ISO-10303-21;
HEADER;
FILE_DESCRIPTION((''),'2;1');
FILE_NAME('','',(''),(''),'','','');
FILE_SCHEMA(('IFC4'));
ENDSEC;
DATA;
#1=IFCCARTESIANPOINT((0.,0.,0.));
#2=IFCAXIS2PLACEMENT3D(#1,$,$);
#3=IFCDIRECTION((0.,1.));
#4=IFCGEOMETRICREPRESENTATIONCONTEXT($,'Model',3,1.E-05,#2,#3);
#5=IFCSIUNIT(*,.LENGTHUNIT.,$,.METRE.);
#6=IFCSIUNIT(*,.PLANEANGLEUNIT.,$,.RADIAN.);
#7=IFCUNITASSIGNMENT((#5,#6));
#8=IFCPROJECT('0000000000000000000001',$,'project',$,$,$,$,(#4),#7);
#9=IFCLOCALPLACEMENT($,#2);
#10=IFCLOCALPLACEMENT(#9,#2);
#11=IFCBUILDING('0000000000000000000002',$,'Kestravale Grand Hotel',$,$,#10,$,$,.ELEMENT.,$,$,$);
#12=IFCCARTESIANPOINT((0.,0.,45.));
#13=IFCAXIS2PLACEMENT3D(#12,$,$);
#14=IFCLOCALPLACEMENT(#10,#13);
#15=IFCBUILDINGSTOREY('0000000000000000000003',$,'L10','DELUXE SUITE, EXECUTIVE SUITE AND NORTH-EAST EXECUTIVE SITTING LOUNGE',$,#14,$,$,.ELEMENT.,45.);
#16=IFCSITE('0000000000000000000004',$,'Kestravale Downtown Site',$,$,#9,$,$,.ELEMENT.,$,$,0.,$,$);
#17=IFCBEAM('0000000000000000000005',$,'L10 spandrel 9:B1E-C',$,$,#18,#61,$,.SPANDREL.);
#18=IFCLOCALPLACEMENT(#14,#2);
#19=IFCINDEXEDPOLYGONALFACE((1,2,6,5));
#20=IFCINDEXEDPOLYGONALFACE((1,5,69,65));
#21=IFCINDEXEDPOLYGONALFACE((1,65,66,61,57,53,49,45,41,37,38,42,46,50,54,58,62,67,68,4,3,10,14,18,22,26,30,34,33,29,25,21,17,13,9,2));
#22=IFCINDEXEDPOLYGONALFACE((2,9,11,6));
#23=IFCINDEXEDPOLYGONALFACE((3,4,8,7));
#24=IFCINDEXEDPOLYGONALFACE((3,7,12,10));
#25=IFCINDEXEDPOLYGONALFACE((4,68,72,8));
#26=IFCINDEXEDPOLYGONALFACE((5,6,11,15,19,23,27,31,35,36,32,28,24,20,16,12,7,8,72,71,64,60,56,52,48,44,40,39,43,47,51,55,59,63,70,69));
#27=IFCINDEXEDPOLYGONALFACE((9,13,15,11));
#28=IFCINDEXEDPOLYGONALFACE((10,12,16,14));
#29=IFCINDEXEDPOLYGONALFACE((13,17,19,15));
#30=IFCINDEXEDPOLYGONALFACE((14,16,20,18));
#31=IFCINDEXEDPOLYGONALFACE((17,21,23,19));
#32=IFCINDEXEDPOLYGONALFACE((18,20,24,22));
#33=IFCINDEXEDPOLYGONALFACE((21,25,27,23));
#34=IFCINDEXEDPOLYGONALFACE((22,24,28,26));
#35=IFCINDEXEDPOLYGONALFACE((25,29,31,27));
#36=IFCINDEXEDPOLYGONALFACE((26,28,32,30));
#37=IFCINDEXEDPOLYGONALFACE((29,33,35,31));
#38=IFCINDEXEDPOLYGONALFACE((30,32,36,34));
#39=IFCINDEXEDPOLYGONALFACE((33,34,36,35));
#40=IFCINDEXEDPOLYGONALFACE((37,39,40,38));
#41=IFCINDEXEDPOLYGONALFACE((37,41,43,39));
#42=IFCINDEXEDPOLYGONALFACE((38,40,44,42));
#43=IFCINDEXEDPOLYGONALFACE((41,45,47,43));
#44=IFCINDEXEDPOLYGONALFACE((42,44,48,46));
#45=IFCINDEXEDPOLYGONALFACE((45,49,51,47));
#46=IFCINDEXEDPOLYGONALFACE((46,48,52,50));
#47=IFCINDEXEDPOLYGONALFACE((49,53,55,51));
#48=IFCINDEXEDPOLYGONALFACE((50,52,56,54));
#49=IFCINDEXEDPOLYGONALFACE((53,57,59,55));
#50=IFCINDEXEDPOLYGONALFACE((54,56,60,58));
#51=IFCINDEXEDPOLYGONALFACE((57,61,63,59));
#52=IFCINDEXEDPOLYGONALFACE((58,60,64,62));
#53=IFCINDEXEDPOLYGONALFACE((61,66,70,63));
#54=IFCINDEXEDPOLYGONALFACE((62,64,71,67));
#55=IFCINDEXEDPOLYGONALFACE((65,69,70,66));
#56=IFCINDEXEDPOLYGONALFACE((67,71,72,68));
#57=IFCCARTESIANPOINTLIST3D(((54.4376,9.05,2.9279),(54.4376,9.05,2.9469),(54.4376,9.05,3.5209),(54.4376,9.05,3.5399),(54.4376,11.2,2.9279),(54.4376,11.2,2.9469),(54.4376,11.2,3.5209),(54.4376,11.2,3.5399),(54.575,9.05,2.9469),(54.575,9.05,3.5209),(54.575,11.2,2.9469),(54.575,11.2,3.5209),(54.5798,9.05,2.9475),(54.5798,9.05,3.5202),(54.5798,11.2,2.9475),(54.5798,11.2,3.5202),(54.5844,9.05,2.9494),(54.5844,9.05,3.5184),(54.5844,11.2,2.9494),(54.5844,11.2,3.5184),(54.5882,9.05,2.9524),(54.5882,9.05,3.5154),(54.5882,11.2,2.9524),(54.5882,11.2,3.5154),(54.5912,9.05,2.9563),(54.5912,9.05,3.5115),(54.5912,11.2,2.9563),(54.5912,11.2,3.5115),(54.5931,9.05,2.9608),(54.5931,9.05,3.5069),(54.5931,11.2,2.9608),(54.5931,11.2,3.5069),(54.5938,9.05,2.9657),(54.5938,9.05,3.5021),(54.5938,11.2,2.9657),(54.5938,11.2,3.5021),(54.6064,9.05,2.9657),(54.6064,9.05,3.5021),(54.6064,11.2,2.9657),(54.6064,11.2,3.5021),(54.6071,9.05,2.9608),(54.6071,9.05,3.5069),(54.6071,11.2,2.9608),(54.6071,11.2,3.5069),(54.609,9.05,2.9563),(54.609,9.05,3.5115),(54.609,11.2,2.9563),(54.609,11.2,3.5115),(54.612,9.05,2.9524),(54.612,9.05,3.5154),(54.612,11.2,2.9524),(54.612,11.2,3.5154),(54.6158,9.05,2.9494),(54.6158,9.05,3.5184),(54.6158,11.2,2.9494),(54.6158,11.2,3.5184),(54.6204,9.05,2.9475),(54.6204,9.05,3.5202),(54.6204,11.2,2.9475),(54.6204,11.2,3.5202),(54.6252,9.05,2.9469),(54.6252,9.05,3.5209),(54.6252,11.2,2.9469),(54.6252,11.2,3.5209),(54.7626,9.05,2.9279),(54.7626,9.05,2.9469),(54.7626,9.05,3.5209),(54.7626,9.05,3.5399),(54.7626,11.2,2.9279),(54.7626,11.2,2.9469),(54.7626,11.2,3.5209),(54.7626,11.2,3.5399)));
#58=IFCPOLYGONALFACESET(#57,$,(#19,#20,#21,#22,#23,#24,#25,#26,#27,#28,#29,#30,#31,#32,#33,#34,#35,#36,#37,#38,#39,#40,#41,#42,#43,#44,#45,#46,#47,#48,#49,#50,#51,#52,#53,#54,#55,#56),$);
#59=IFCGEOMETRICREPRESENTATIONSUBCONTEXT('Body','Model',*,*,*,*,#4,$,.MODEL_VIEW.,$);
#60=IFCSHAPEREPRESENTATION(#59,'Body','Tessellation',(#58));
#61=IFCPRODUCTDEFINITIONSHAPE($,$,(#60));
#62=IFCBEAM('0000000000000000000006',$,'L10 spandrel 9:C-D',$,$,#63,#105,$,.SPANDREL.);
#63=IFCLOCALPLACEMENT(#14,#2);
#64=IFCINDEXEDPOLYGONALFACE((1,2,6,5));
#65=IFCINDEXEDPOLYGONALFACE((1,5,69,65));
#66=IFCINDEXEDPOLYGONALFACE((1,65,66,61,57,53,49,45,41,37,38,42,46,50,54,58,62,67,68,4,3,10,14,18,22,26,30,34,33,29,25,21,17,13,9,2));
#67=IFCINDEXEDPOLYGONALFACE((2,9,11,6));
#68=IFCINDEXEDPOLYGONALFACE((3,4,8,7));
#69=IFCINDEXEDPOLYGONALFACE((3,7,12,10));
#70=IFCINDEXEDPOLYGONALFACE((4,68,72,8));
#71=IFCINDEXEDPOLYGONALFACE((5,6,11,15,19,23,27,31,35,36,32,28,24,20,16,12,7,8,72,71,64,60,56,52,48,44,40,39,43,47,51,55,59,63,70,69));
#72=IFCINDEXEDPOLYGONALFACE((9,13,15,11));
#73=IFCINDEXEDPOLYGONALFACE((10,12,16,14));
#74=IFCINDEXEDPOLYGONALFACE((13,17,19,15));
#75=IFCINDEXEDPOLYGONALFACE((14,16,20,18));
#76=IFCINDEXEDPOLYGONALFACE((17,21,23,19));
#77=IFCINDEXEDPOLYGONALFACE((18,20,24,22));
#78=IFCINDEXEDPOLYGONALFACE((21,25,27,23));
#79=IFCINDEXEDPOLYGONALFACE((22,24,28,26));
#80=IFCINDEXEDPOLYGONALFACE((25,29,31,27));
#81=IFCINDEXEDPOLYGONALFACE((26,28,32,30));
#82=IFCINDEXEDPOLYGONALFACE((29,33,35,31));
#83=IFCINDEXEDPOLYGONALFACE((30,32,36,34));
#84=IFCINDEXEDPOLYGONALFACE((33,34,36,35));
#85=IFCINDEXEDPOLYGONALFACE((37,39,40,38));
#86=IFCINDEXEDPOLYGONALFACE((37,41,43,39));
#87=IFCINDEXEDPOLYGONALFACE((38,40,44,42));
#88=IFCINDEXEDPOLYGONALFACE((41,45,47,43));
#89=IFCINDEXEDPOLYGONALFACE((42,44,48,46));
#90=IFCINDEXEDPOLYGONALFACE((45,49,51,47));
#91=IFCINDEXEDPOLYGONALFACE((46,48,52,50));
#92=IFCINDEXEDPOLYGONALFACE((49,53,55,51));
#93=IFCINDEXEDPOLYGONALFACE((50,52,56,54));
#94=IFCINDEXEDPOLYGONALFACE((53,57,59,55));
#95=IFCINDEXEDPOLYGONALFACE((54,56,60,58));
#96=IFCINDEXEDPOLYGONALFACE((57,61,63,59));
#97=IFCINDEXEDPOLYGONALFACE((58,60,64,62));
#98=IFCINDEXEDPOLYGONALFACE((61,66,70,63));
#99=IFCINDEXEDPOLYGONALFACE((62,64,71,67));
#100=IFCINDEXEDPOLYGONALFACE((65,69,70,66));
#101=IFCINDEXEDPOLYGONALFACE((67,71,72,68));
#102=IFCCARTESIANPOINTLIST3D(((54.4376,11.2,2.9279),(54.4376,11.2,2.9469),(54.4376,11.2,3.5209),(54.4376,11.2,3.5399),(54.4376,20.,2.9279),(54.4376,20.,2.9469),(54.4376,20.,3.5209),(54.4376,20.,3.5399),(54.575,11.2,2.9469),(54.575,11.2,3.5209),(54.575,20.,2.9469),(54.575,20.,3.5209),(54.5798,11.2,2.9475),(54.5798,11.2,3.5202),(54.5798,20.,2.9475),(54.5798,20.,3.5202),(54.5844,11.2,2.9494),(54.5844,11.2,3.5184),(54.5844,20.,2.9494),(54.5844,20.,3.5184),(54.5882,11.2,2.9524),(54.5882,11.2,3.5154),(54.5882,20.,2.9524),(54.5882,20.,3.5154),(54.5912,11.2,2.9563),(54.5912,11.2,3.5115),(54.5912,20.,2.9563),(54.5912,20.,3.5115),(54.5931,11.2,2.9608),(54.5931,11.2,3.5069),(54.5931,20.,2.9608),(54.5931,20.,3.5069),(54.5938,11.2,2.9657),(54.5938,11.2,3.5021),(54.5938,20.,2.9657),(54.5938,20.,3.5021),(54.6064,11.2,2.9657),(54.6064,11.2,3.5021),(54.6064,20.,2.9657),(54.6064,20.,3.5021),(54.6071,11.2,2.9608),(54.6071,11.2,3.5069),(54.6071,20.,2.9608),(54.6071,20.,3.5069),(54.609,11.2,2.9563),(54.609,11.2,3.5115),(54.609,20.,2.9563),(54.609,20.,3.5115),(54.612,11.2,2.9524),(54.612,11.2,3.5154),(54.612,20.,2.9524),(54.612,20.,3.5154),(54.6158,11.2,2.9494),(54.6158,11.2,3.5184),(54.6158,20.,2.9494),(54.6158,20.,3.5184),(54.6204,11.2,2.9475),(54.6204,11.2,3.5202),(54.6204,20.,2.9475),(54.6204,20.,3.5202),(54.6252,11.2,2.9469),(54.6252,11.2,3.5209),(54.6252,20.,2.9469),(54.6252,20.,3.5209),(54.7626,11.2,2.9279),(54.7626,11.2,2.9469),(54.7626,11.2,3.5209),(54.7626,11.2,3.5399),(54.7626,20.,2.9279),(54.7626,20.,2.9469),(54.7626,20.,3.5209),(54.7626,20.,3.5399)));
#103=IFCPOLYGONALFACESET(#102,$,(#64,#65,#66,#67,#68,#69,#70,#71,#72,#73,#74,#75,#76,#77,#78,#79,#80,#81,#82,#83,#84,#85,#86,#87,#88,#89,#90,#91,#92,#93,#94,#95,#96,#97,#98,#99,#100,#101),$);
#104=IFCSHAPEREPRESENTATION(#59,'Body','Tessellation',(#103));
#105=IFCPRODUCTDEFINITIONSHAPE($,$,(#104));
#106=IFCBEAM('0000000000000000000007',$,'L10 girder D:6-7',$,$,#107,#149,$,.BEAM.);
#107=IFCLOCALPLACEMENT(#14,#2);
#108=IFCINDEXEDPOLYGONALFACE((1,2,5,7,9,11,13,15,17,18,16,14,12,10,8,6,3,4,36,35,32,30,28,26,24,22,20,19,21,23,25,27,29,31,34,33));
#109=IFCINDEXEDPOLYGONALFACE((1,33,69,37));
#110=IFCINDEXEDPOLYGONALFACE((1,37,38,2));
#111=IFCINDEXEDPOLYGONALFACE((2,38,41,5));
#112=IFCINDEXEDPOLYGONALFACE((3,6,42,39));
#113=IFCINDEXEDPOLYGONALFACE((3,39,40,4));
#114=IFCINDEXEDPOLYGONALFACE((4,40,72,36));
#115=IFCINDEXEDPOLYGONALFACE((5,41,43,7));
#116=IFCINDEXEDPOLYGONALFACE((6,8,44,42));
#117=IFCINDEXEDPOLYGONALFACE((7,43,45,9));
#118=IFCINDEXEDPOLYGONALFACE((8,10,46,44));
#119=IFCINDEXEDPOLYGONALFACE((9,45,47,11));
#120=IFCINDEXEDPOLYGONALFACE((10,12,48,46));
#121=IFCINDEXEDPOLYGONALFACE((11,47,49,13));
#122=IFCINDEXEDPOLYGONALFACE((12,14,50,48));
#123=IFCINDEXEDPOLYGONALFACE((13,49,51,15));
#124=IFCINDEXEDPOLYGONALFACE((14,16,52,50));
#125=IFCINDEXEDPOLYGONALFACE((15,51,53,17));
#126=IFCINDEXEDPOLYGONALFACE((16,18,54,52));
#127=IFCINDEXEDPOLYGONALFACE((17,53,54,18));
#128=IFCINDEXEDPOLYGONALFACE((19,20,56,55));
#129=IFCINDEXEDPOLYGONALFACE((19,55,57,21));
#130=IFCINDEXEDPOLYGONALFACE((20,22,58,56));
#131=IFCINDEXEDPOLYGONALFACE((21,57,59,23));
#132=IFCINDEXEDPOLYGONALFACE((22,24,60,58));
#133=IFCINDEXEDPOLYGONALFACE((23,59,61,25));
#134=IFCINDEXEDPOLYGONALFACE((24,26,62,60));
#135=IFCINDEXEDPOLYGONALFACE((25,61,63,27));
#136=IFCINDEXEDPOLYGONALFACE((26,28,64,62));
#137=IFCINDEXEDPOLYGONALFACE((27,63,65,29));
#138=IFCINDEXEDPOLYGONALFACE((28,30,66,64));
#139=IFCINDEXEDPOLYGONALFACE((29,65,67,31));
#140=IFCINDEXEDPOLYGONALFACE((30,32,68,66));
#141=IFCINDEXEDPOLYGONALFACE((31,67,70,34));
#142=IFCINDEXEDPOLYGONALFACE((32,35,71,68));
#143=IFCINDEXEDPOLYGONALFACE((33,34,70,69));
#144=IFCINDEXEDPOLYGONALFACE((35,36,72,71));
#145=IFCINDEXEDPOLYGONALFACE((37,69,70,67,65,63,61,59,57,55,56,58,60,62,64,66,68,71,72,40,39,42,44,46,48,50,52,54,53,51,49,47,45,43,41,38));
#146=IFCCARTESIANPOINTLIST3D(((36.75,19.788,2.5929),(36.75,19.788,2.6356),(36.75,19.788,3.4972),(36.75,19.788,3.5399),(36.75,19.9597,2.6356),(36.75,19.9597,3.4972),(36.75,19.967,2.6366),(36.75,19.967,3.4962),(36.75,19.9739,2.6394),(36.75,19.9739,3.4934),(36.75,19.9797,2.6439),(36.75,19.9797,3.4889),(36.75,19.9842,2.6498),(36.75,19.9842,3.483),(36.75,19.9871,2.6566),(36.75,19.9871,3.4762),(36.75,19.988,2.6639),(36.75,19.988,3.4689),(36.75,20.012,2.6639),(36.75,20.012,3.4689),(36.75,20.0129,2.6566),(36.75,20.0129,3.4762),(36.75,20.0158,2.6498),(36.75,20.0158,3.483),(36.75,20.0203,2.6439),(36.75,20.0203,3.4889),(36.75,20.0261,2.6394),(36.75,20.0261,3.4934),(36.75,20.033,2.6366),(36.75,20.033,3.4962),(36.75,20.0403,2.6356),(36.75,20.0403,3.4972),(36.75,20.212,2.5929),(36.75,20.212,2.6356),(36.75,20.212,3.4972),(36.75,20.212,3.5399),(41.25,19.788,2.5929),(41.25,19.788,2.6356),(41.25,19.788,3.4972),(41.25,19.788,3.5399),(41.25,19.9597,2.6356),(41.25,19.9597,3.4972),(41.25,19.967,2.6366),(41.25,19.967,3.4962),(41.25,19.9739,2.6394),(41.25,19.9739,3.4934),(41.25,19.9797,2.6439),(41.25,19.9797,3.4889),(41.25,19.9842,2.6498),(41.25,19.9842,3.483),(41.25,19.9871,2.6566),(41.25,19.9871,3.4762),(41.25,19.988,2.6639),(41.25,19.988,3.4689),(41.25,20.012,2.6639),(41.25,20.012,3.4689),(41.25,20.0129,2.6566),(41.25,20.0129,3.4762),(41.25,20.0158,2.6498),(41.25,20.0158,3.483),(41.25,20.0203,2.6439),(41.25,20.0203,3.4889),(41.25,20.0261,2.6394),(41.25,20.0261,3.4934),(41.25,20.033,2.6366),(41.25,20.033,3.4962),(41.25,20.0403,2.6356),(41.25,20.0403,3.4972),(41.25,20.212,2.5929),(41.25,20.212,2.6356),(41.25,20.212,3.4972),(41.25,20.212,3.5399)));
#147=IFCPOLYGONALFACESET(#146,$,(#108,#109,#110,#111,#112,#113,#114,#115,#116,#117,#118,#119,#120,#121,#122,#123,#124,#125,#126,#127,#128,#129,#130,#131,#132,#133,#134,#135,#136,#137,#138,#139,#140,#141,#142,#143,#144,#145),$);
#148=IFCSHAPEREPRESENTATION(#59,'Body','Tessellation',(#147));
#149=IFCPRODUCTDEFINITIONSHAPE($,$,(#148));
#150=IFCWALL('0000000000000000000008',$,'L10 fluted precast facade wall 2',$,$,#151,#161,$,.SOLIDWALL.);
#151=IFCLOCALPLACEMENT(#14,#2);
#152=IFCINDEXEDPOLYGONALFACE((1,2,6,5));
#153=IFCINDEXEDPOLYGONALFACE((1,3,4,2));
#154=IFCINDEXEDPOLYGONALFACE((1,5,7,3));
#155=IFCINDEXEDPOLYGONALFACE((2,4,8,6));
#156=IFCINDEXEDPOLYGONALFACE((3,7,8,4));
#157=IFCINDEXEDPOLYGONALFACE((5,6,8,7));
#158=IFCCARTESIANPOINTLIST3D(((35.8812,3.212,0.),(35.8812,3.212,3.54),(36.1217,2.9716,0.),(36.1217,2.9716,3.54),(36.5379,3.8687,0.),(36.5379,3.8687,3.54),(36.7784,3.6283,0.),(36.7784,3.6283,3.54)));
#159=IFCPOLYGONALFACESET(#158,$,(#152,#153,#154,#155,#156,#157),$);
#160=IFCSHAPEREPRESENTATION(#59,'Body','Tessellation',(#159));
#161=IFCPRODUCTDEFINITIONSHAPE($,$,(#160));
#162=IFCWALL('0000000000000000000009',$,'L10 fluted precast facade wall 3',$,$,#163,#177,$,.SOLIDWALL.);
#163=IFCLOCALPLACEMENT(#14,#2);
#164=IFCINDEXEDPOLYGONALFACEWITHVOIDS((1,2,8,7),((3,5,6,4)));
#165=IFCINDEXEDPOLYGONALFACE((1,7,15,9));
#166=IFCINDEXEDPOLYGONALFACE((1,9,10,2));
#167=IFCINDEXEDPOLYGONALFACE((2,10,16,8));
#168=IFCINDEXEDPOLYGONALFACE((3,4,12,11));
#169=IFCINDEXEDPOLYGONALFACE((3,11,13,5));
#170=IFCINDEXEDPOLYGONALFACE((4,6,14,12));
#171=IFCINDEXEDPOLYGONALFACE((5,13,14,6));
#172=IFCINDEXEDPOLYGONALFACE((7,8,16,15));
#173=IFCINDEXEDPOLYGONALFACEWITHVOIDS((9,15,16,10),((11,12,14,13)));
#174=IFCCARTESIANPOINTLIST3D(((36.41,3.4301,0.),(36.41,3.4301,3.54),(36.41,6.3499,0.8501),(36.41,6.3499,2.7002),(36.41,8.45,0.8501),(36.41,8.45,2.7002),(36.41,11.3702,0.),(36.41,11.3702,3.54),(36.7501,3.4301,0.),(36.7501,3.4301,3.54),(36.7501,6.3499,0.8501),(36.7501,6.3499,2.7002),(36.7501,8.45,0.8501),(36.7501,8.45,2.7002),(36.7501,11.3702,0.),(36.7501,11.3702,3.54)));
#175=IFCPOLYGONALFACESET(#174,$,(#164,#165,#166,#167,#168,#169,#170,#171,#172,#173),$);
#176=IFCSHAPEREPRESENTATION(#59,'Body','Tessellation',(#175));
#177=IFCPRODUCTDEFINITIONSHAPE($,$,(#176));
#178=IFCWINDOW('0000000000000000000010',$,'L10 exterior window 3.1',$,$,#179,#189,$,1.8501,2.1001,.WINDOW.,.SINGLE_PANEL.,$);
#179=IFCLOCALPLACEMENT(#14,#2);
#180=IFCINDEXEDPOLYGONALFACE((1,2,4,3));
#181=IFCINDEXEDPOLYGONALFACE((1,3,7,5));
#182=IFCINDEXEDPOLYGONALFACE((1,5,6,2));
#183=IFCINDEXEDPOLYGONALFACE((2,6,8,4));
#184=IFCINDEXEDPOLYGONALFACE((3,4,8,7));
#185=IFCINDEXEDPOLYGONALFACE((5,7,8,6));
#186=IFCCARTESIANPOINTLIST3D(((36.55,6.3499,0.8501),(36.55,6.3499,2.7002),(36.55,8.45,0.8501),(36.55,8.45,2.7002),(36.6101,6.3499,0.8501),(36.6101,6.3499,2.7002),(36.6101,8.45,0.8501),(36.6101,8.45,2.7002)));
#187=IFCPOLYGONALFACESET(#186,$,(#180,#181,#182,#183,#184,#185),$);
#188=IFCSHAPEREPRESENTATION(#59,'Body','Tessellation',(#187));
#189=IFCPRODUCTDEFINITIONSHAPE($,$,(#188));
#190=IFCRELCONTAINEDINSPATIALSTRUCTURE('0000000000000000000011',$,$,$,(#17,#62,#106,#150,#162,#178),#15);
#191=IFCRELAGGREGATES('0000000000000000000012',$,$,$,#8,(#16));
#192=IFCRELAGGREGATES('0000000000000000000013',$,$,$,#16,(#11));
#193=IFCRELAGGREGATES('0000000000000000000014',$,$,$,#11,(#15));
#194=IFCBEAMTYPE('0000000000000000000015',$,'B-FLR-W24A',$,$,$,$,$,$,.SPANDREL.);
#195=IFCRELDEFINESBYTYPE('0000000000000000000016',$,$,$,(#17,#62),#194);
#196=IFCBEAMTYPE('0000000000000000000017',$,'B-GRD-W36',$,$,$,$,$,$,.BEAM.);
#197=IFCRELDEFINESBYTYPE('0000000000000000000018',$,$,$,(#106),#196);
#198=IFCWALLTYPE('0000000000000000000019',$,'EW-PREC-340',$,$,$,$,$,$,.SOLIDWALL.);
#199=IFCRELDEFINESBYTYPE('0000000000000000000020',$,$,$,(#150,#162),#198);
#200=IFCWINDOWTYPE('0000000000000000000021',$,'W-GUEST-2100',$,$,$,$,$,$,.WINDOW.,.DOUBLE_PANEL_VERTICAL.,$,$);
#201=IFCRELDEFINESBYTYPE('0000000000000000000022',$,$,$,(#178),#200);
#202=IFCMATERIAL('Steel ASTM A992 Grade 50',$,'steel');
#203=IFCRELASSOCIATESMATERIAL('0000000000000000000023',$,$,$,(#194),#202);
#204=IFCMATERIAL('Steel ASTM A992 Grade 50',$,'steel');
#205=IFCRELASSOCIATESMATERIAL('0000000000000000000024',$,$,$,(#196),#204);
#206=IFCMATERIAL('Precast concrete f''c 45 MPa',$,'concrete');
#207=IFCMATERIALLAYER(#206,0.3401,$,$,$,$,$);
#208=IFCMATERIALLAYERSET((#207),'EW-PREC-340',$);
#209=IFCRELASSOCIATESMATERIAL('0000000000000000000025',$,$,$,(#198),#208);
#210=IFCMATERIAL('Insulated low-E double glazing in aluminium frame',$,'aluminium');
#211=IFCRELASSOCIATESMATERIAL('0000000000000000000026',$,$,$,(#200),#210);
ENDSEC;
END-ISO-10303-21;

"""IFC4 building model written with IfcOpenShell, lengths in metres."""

from ifc_helpers import new_model, si_unit, direction, frame, frame_2d, origin, origin_2d, place, context, subcontext, project, spatial, rectangle, i_section, extrude, material, layer, layer_set, material_profile, profile_set, type_object, element, fill, save


model = new_model("IFC4")

# Units and contexts
model_context = context("Model", 3, precision=1e-05, world=origin(), true_north=direction((0.0, 1.0)))
body_context = subcontext(model_context, "Body", "Model", "MODEL_VIEW")
ifc_project = project(units=[si_unit("LENGTHUNIT", "METRE"), si_unit("PLANEANGLEUNIT", "RADIAN")], contexts=[model_context])

# Site, building, storey
site_placement = place(None, origin())
site = spatial("IfcSite", under=ifc_project, at=site_placement, Name="Kestravale Downtown Site", CompositionType="ELEMENT", RefElevation=0.0)
building_placement = place(site_placement, origin())
building = spatial("IfcBuilding", under=site, at=building_placement, Name="Kestravale Grand Hotel", CompositionType="ELEMENT")
storey_placement = place(building_placement, frame((0.0, 0.0, 45.0)))
storey = spatial("IfcBuildingStorey", under=building, at=storey_placement, Name="L10", Description="DELUXE SUITE, EXECUTIVE SUITE AND NORTH-EAST EXECUTIVE SITTING LOUNGE", CompositionType="ELEMENT", Elevation=45.0)

# Beams
ifc_material_1 = material(Name="Steel ASTM A992 Grade 50", Category="steel")
ifc_material_profile_1 = material_profile(ifc_material_1, i_section(OverallWidth=0.325, OverallDepth=0.6121, WebThickness=0.0127, FlangeThickness=0.019, FilletRadius=0.0188, at=origin_2d()))
ifc_profile_set_1 = profile_set([ifc_material_profile_1], Name="Steel ASTM A992 Grade 50")
beam_type_1 = type_object("IfcBeamType", Name="B-FLR-W24A", PredefinedType="SPANDREL", material=ifc_profile_set_1)
beam_1_placement = place(storey_placement, frame((54.6001, 9.05, 3.2339), z_axis=(0.0, 1.0, 0.0), x_axis=(-1.0, 0.0, 0.0)))
element("IfcBeam", 1, at=beam_1_placement, inside=storey, type_object=beam_type_1, Name="L10 spandrel 9:B1E-C", PredefinedType="SPANDREL", context=body_context, shape_type="SweptSolid", body=[
    extrude(i_section(OverallWidth=0.325, OverallDepth=0.6121, WebThickness=0.0127, FlangeThickness=0.019, FilletRadius=0.0188, at=origin_2d()), origin(), (0.0, 0.0, 1.0), 2.1499),
])
beam_2_placement = place(storey_placement, frame((54.6001, 11.2, 3.2339), z_axis=(0.0, 1.0, 0.0), x_axis=(-1.0, 0.0, 0.0)))
element("IfcBeam", 2, at=beam_2_placement, inside=storey, type_object=beam_type_1, Name="L10 spandrel 9:C-D", PredefinedType="SPANDREL", context=body_context, shape_type="SweptSolid", body=[
    extrude(i_section(OverallWidth=0.325, OverallDepth=0.6121, WebThickness=0.0127, FlangeThickness=0.019, FilletRadius=0.0188, at=origin_2d()), origin(), (0.0, 0.0, 1.0), 8.8),
])
ifc_material_2 = material(Name="Steel ASTM A992 Grade 50", Category="steel")
ifc_material_profile_2 = material_profile(ifc_material_2, i_section(OverallWidth=0.4241, OverallDepth=0.947, WebThickness=0.0239, FlangeThickness=0.0427, FilletRadius=0.0283, at=origin_2d()))
ifc_profile_set_2 = profile_set([ifc_material_profile_2], Name="Steel ASTM A992 Grade 50")
beam_type_2 = type_object("IfcBeamType", Name="B-GRD-W36", PredefinedType="BEAM", material=ifc_profile_set_2)
beam_3_placement = place(storey_placement, frame((36.75, 20.0, 3.0664), z_axis=(1.0, 0.0, 0.0), x_axis=(0.0, 1.0, 0.0)))
element("IfcBeam", 3, at=beam_3_placement, inside=storey, type_object=beam_type_2, Name="L10 girder D:6-7", PredefinedType="BEAM", context=body_context, shape_type="SweptSolid", body=[
    extrude(i_section(OverallWidth=0.4241, OverallDepth=0.947, WebThickness=0.0239, FlangeThickness=0.0427, FilletRadius=0.0283, at=origin_2d()), origin(), (0.0, 0.0, 1.0), 4.5),
])

# Wall
ifc_material_3 = material(Name="Precast concrete f'c 45 MPa", Category="concrete")
ifc_layer_1 = layer(ifc_material_3, 0.3401)
ifc_layer_set_1 = layer_set([ifc_layer_1], Name="EW-PREC-340")
wall_type_1 = type_object("IfcWallType", Name="EW-PREC-340", PredefinedType="SOLIDWALL", material=ifc_layer_set_1)
wall_1_placement = place(storey_placement, frame((36.0015, 3.0918, 0.0), z_axis=(0.0, 0.0, 1.0), x_axis=(0.707107, 0.707107, 0.0)))
element("IfcWall", 4, at=wall_1_placement, inside=storey, type_object=wall_type_1, Name="L10 fluted precast facade wall 2", PredefinedType="SOLIDWALL", context=body_context, shape_type="SweptSolid", body=[
    extrude(rectangle(XDim=0.9287, YDim=0.3401, at=frame_2d((0.4644, 0.0))), origin(), (0.0, 0.0, 1.0), 3.54),
])

# Wall, opening, window
wall_2_placement = place(storey_placement, frame((36.5801, 3.4299, 0.0), z_axis=(0.0, 0.0, 1.0), x_axis=(0.0, 1.0, 0.0)))
wall_2 = element("IfcWall", 5, at=wall_2_placement, inside=storey, type_object=wall_type_1, Name="L10 fluted precast facade wall 3", PredefinedType="SOLIDWALL", context=body_context, shape_type="SweptSolid", body=[
    extrude(rectangle(XDim=7.9402, YDim=0.3401, at=frame_2d((3.9702, 0.0))), origin(), (0.0, 0.0, 1.0), 3.54),
])
opening_1_placement = place(wall_2_placement, frame((2.9199, 0.0, 0.8501)))
opening_1 = element("IfcOpeningElement", 6, at=opening_1_placement, cuts=wall_2, PredefinedType="OPENING", context=body_context, shape_type="SweptSolid", body=[
    extrude(rectangle(XDim=2.1001, YDim=1.8501, at=frame_2d((1.05, 0.925))), frame((0.0, 0.1799, 0.0), z_axis=(0.0, -1.0, 0.0), x_axis=(1.0, 0.0, 0.0)), (0.0, 0.0, 1.0), 0.3601),
])
ifc_material_4 = material(Name="Insulated low-E double glazing in aluminium frame", Category="aluminium")
window_type = type_object("IfcWindowType", Name="W-GUEST-2100", PartitioningType="DOUBLE_PANEL_VERTICAL", PredefinedType="WINDOW", material=ifc_material_4)
window_1_placement = place(opening_1_placement, origin())
window_1 = element("IfcWindow", 7, at=window_1_placement, inside=storey, type_object=window_type, Name="L10 exterior window 3.1", OverallHeight=1.8501, OverallWidth=2.1001, PartitioningType="SINGLE_PANEL", PredefinedType="WINDOW", context=body_context, shape_type="SweptSolid", body=[
    extrude(rectangle(XDim=2.1001, YDim=1.8501, at=frame_2d((1.05, 0.925))), frame((0.0, 0.03, 0.0), z_axis=(0.0, -1.0, 0.0), x_axis=(1.0, 0.0, 0.0)), (0.0, 0.0, 1.0), 0.0601),
])
fill(opening_1, window_1)

save(model, "model.ifc")
